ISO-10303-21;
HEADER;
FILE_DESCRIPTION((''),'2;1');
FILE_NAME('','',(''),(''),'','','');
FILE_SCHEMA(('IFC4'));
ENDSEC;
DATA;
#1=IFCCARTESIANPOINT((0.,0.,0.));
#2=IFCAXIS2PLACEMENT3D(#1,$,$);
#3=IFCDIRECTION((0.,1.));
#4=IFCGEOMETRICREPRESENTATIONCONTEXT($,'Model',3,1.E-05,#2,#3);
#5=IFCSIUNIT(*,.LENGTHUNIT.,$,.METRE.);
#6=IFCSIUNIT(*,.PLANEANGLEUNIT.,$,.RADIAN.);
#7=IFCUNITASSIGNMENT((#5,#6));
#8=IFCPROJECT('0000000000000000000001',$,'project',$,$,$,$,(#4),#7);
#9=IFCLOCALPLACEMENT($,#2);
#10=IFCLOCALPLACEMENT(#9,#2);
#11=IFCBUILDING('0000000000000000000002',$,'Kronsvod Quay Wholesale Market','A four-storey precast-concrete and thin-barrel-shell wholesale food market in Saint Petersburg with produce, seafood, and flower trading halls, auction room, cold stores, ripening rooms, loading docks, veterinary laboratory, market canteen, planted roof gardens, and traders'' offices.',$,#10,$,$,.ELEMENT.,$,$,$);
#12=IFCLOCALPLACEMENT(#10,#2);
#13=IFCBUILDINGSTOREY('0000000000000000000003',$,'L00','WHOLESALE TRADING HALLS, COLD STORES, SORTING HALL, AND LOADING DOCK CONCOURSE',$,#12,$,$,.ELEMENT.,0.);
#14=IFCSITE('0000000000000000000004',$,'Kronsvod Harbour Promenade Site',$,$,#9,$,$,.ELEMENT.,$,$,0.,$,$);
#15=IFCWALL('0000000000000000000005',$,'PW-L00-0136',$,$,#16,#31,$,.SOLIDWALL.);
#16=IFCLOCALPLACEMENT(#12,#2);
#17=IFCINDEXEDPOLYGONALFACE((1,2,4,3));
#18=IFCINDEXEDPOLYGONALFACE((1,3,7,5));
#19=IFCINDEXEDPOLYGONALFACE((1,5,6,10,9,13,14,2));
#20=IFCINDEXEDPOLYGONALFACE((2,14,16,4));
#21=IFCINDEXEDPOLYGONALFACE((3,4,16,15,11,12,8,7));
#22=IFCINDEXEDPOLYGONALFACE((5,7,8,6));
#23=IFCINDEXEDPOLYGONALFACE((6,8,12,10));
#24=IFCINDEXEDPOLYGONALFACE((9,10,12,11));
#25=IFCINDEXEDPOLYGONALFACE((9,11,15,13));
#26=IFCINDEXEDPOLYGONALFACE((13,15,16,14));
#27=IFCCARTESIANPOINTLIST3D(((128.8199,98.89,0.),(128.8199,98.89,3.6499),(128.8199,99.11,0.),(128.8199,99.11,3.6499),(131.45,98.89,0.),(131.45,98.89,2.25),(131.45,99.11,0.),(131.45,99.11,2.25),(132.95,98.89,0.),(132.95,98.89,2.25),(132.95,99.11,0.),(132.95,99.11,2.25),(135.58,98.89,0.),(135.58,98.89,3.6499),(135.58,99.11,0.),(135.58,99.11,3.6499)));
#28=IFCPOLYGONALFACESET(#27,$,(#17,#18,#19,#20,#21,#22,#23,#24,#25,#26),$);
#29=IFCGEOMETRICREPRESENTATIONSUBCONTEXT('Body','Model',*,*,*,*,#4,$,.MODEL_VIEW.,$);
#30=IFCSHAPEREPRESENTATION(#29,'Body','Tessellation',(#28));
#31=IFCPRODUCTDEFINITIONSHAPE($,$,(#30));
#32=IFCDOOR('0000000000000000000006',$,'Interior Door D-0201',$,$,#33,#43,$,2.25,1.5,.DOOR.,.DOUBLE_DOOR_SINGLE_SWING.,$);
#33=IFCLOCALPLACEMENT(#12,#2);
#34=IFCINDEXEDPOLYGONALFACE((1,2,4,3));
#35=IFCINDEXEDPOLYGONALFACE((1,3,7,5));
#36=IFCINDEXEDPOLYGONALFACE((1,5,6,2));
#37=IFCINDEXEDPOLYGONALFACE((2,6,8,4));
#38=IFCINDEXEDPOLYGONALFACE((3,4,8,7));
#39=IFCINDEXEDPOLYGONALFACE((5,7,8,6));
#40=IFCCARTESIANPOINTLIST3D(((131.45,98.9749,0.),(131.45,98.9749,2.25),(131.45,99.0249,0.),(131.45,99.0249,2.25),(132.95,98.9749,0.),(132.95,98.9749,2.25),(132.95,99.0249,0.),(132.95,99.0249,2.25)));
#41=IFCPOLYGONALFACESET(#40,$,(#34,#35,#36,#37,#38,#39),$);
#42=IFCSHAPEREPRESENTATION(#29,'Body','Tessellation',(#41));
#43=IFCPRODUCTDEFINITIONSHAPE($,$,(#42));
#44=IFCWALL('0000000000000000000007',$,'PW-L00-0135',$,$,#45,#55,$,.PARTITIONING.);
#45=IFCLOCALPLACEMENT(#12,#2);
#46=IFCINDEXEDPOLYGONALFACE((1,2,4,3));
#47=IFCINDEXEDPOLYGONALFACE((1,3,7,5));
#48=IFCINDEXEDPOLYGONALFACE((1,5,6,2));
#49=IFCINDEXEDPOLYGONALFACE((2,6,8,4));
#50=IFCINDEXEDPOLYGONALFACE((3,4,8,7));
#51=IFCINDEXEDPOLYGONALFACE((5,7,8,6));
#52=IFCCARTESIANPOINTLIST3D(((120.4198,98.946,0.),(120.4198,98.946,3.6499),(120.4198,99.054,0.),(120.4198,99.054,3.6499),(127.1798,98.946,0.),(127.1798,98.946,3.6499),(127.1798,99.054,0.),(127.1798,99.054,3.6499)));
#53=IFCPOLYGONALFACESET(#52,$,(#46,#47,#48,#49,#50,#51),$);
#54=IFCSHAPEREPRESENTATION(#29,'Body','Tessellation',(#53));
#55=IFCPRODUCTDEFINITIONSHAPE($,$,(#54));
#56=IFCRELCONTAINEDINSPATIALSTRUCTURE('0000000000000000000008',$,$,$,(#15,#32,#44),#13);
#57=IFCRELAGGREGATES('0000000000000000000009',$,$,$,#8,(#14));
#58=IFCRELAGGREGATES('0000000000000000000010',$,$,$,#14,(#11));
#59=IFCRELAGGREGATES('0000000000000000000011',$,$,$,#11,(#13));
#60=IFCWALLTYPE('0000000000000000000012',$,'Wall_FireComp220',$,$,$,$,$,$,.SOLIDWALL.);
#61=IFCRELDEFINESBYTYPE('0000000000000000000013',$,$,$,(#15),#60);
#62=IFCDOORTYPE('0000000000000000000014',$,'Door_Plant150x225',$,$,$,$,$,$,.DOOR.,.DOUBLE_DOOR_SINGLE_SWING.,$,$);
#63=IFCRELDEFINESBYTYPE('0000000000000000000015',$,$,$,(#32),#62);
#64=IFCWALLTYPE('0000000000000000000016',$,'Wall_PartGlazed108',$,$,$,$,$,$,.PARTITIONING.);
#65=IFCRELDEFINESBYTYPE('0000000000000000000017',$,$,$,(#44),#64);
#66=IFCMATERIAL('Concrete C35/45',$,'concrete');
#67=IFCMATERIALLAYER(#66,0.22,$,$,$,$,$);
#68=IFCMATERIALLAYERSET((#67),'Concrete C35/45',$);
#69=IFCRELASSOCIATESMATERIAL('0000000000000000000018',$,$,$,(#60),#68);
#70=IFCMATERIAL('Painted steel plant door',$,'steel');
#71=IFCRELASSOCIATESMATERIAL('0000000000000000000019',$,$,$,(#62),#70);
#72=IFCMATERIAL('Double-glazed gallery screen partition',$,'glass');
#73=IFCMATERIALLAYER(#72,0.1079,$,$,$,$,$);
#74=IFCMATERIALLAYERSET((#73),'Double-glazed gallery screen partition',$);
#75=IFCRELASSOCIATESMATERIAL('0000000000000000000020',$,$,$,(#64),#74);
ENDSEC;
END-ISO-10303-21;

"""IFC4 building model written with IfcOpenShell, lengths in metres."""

from ifc_helpers import new_model, si_unit, direction, frame, frame_2d, origin, place, context, subcontext, project, spatial, rectangle, extrude, material, layer, layer_set, type_object, element, fill, save


model = new_model("IFC4")

# Units and contexts
model_context = context("Model", 3, precision=1e-05, world=origin(), true_north=direction((0.0, 1.0)))
body_context = subcontext(model_context, "Body", "Model", "MODEL_VIEW")
ifc_project = project(units=[si_unit("LENGTHUNIT", "METRE"), si_unit("PLANEANGLEUNIT", "RADIAN")], contexts=[model_context])

# Site, building, storey
site_placement = place(None, origin())
site = spatial("IfcSite", under=ifc_project, at=site_placement, Name="Kronsvod Harbour Promenade Site", CompositionType="ELEMENT", RefElevation=0.0)
building_placement = place(site_placement, origin())
building = spatial("IfcBuilding", under=site, at=building_placement, Name="Kronsvod Quay Wholesale Market", Description="A four-storey precast-concrete and thin-barrel-shell wholesale food market in Saint Petersburg with produce, seafood, and flower trading halls, auction room, cold stores, ripening rooms, loading docks, veterinary laboratory, market canteen, planted roof gardens, and traders' offices.", CompositionType="ELEMENT")
storey_placement = place(building_placement, origin())
storey = spatial("IfcBuildingStorey", under=building, at=storey_placement, Name="L00", Description="WHOLESALE TRADING HALLS, COLD STORES, SORTING HALL, AND LOADING DOCK CONCOURSE", CompositionType="ELEMENT", Elevation=0.0)

# Wall, opening, door
ifc_material_1 = material(Name="Concrete C35/45", Category="concrete")
ifc_layer_1 = layer(ifc_material_1, 0.22)
ifc_layer_set_1 = layer_set([ifc_layer_1], Name="Concrete C35/45")
wall_type_1 = type_object("IfcWallType", Name="Wall_FireComp220", PredefinedType="SOLIDWALL", material=ifc_layer_set_1)
wall_1_placement = place(storey_placement, frame((128.8201, 99.0, 0.0), z_axis=(0.0, 0.0, 1.0), x_axis=(1.0, 0.0, 0.0)))
wall_1 = element("IfcWall", 1, at=wall_1_placement, inside=storey, type_object=wall_type_1, Name="PW-L00-0136", PredefinedType="SOLIDWALL", context=body_context, shape_type="SweptSolid", body=[
    extrude(rectangle(XDim=6.76, YDim=0.22, at=frame_2d((3.3799, 0.0))), origin(), (0.0, 0.0, 1.0), 3.6499),
])
opening_1_placement = place(wall_1_placement, frame((2.6299, 0.0, 0.0)))
opening_1 = element("IfcOpeningElement", 2, at=opening_1_placement, cuts=wall_1, PredefinedType="OPENING", context=body_context, shape_type="SweptSolid", body=[
    extrude(rectangle(XDim=1.5, YDim=2.25, at=frame_2d((0.75, 1.125))), frame((0.0, 0.1201, 0.0), z_axis=(0.0, -1.0, 0.0), x_axis=(1.0, 0.0, 0.0)), (0.0, 0.0, 1.0), 0.24),
])
ifc_material_2 = material(Name="Painted steel plant door", Category="steel")
door_type_1 = type_object("IfcDoorType", Name="Door_Plant150x225", OperationType="DOUBLE_DOOR_SINGLE_SWING", PredefinedType="DOOR", material=ifc_material_2)
door_1_placement = place(opening_1_placement, origin())
door_1 = element("IfcDoor", 3, at=door_1_placement, inside=storey, type_object=door_type_1, Name="Interior Door D-0201", OperationType="DOUBLE_DOOR_SINGLE_SWING", OverallHeight=2.25, OverallWidth=1.5, PredefinedType="DOOR", context=body_context, shape_type="SweptSolid", body=[
    extrude(rectangle(XDim=1.5, YDim=2.25, at=frame_2d((0.75, 1.125))), frame((0.0, 0.0249, 0.0), z_axis=(0.0, -1.0, 0.0), x_axis=(1.0, 0.0, 0.0)), (0.0, 0.0, 1.0), 0.05),
])
fill(opening_1, door_1)

# Wall
ifc_material_3 = material(Name="Double-glazed gallery screen partition", Category="glass")
ifc_layer_2 = layer(ifc_material_3, 0.1079)
ifc_layer_set_2 = layer_set([ifc_layer_2], Name="Double-glazed gallery screen partition")
wall_type_2 = type_object("IfcWallType", Name="Wall_PartGlazed108", PredefinedType="PARTITIONING", material=ifc_layer_set_2)
wall_2_placement = place(storey_placement, frame((120.4199, 99.0, 0.0), z_axis=(0.0, 0.0, 1.0), x_axis=(1.0, 0.0, 0.0)))
element("IfcWall", 4, at=wall_2_placement, inside=storey, type_object=wall_type_2, Name="PW-L00-0135", PredefinedType="PARTITIONING", context=body_context, shape_type="SweptSolid", body=[
    extrude(rectangle(XDim=6.76, YDim=0.1079, at=frame_2d((3.3799, 0.0))), origin(), (0.0, 0.0, 1.0), 3.6499),
])

save(model, "model.ifc")
